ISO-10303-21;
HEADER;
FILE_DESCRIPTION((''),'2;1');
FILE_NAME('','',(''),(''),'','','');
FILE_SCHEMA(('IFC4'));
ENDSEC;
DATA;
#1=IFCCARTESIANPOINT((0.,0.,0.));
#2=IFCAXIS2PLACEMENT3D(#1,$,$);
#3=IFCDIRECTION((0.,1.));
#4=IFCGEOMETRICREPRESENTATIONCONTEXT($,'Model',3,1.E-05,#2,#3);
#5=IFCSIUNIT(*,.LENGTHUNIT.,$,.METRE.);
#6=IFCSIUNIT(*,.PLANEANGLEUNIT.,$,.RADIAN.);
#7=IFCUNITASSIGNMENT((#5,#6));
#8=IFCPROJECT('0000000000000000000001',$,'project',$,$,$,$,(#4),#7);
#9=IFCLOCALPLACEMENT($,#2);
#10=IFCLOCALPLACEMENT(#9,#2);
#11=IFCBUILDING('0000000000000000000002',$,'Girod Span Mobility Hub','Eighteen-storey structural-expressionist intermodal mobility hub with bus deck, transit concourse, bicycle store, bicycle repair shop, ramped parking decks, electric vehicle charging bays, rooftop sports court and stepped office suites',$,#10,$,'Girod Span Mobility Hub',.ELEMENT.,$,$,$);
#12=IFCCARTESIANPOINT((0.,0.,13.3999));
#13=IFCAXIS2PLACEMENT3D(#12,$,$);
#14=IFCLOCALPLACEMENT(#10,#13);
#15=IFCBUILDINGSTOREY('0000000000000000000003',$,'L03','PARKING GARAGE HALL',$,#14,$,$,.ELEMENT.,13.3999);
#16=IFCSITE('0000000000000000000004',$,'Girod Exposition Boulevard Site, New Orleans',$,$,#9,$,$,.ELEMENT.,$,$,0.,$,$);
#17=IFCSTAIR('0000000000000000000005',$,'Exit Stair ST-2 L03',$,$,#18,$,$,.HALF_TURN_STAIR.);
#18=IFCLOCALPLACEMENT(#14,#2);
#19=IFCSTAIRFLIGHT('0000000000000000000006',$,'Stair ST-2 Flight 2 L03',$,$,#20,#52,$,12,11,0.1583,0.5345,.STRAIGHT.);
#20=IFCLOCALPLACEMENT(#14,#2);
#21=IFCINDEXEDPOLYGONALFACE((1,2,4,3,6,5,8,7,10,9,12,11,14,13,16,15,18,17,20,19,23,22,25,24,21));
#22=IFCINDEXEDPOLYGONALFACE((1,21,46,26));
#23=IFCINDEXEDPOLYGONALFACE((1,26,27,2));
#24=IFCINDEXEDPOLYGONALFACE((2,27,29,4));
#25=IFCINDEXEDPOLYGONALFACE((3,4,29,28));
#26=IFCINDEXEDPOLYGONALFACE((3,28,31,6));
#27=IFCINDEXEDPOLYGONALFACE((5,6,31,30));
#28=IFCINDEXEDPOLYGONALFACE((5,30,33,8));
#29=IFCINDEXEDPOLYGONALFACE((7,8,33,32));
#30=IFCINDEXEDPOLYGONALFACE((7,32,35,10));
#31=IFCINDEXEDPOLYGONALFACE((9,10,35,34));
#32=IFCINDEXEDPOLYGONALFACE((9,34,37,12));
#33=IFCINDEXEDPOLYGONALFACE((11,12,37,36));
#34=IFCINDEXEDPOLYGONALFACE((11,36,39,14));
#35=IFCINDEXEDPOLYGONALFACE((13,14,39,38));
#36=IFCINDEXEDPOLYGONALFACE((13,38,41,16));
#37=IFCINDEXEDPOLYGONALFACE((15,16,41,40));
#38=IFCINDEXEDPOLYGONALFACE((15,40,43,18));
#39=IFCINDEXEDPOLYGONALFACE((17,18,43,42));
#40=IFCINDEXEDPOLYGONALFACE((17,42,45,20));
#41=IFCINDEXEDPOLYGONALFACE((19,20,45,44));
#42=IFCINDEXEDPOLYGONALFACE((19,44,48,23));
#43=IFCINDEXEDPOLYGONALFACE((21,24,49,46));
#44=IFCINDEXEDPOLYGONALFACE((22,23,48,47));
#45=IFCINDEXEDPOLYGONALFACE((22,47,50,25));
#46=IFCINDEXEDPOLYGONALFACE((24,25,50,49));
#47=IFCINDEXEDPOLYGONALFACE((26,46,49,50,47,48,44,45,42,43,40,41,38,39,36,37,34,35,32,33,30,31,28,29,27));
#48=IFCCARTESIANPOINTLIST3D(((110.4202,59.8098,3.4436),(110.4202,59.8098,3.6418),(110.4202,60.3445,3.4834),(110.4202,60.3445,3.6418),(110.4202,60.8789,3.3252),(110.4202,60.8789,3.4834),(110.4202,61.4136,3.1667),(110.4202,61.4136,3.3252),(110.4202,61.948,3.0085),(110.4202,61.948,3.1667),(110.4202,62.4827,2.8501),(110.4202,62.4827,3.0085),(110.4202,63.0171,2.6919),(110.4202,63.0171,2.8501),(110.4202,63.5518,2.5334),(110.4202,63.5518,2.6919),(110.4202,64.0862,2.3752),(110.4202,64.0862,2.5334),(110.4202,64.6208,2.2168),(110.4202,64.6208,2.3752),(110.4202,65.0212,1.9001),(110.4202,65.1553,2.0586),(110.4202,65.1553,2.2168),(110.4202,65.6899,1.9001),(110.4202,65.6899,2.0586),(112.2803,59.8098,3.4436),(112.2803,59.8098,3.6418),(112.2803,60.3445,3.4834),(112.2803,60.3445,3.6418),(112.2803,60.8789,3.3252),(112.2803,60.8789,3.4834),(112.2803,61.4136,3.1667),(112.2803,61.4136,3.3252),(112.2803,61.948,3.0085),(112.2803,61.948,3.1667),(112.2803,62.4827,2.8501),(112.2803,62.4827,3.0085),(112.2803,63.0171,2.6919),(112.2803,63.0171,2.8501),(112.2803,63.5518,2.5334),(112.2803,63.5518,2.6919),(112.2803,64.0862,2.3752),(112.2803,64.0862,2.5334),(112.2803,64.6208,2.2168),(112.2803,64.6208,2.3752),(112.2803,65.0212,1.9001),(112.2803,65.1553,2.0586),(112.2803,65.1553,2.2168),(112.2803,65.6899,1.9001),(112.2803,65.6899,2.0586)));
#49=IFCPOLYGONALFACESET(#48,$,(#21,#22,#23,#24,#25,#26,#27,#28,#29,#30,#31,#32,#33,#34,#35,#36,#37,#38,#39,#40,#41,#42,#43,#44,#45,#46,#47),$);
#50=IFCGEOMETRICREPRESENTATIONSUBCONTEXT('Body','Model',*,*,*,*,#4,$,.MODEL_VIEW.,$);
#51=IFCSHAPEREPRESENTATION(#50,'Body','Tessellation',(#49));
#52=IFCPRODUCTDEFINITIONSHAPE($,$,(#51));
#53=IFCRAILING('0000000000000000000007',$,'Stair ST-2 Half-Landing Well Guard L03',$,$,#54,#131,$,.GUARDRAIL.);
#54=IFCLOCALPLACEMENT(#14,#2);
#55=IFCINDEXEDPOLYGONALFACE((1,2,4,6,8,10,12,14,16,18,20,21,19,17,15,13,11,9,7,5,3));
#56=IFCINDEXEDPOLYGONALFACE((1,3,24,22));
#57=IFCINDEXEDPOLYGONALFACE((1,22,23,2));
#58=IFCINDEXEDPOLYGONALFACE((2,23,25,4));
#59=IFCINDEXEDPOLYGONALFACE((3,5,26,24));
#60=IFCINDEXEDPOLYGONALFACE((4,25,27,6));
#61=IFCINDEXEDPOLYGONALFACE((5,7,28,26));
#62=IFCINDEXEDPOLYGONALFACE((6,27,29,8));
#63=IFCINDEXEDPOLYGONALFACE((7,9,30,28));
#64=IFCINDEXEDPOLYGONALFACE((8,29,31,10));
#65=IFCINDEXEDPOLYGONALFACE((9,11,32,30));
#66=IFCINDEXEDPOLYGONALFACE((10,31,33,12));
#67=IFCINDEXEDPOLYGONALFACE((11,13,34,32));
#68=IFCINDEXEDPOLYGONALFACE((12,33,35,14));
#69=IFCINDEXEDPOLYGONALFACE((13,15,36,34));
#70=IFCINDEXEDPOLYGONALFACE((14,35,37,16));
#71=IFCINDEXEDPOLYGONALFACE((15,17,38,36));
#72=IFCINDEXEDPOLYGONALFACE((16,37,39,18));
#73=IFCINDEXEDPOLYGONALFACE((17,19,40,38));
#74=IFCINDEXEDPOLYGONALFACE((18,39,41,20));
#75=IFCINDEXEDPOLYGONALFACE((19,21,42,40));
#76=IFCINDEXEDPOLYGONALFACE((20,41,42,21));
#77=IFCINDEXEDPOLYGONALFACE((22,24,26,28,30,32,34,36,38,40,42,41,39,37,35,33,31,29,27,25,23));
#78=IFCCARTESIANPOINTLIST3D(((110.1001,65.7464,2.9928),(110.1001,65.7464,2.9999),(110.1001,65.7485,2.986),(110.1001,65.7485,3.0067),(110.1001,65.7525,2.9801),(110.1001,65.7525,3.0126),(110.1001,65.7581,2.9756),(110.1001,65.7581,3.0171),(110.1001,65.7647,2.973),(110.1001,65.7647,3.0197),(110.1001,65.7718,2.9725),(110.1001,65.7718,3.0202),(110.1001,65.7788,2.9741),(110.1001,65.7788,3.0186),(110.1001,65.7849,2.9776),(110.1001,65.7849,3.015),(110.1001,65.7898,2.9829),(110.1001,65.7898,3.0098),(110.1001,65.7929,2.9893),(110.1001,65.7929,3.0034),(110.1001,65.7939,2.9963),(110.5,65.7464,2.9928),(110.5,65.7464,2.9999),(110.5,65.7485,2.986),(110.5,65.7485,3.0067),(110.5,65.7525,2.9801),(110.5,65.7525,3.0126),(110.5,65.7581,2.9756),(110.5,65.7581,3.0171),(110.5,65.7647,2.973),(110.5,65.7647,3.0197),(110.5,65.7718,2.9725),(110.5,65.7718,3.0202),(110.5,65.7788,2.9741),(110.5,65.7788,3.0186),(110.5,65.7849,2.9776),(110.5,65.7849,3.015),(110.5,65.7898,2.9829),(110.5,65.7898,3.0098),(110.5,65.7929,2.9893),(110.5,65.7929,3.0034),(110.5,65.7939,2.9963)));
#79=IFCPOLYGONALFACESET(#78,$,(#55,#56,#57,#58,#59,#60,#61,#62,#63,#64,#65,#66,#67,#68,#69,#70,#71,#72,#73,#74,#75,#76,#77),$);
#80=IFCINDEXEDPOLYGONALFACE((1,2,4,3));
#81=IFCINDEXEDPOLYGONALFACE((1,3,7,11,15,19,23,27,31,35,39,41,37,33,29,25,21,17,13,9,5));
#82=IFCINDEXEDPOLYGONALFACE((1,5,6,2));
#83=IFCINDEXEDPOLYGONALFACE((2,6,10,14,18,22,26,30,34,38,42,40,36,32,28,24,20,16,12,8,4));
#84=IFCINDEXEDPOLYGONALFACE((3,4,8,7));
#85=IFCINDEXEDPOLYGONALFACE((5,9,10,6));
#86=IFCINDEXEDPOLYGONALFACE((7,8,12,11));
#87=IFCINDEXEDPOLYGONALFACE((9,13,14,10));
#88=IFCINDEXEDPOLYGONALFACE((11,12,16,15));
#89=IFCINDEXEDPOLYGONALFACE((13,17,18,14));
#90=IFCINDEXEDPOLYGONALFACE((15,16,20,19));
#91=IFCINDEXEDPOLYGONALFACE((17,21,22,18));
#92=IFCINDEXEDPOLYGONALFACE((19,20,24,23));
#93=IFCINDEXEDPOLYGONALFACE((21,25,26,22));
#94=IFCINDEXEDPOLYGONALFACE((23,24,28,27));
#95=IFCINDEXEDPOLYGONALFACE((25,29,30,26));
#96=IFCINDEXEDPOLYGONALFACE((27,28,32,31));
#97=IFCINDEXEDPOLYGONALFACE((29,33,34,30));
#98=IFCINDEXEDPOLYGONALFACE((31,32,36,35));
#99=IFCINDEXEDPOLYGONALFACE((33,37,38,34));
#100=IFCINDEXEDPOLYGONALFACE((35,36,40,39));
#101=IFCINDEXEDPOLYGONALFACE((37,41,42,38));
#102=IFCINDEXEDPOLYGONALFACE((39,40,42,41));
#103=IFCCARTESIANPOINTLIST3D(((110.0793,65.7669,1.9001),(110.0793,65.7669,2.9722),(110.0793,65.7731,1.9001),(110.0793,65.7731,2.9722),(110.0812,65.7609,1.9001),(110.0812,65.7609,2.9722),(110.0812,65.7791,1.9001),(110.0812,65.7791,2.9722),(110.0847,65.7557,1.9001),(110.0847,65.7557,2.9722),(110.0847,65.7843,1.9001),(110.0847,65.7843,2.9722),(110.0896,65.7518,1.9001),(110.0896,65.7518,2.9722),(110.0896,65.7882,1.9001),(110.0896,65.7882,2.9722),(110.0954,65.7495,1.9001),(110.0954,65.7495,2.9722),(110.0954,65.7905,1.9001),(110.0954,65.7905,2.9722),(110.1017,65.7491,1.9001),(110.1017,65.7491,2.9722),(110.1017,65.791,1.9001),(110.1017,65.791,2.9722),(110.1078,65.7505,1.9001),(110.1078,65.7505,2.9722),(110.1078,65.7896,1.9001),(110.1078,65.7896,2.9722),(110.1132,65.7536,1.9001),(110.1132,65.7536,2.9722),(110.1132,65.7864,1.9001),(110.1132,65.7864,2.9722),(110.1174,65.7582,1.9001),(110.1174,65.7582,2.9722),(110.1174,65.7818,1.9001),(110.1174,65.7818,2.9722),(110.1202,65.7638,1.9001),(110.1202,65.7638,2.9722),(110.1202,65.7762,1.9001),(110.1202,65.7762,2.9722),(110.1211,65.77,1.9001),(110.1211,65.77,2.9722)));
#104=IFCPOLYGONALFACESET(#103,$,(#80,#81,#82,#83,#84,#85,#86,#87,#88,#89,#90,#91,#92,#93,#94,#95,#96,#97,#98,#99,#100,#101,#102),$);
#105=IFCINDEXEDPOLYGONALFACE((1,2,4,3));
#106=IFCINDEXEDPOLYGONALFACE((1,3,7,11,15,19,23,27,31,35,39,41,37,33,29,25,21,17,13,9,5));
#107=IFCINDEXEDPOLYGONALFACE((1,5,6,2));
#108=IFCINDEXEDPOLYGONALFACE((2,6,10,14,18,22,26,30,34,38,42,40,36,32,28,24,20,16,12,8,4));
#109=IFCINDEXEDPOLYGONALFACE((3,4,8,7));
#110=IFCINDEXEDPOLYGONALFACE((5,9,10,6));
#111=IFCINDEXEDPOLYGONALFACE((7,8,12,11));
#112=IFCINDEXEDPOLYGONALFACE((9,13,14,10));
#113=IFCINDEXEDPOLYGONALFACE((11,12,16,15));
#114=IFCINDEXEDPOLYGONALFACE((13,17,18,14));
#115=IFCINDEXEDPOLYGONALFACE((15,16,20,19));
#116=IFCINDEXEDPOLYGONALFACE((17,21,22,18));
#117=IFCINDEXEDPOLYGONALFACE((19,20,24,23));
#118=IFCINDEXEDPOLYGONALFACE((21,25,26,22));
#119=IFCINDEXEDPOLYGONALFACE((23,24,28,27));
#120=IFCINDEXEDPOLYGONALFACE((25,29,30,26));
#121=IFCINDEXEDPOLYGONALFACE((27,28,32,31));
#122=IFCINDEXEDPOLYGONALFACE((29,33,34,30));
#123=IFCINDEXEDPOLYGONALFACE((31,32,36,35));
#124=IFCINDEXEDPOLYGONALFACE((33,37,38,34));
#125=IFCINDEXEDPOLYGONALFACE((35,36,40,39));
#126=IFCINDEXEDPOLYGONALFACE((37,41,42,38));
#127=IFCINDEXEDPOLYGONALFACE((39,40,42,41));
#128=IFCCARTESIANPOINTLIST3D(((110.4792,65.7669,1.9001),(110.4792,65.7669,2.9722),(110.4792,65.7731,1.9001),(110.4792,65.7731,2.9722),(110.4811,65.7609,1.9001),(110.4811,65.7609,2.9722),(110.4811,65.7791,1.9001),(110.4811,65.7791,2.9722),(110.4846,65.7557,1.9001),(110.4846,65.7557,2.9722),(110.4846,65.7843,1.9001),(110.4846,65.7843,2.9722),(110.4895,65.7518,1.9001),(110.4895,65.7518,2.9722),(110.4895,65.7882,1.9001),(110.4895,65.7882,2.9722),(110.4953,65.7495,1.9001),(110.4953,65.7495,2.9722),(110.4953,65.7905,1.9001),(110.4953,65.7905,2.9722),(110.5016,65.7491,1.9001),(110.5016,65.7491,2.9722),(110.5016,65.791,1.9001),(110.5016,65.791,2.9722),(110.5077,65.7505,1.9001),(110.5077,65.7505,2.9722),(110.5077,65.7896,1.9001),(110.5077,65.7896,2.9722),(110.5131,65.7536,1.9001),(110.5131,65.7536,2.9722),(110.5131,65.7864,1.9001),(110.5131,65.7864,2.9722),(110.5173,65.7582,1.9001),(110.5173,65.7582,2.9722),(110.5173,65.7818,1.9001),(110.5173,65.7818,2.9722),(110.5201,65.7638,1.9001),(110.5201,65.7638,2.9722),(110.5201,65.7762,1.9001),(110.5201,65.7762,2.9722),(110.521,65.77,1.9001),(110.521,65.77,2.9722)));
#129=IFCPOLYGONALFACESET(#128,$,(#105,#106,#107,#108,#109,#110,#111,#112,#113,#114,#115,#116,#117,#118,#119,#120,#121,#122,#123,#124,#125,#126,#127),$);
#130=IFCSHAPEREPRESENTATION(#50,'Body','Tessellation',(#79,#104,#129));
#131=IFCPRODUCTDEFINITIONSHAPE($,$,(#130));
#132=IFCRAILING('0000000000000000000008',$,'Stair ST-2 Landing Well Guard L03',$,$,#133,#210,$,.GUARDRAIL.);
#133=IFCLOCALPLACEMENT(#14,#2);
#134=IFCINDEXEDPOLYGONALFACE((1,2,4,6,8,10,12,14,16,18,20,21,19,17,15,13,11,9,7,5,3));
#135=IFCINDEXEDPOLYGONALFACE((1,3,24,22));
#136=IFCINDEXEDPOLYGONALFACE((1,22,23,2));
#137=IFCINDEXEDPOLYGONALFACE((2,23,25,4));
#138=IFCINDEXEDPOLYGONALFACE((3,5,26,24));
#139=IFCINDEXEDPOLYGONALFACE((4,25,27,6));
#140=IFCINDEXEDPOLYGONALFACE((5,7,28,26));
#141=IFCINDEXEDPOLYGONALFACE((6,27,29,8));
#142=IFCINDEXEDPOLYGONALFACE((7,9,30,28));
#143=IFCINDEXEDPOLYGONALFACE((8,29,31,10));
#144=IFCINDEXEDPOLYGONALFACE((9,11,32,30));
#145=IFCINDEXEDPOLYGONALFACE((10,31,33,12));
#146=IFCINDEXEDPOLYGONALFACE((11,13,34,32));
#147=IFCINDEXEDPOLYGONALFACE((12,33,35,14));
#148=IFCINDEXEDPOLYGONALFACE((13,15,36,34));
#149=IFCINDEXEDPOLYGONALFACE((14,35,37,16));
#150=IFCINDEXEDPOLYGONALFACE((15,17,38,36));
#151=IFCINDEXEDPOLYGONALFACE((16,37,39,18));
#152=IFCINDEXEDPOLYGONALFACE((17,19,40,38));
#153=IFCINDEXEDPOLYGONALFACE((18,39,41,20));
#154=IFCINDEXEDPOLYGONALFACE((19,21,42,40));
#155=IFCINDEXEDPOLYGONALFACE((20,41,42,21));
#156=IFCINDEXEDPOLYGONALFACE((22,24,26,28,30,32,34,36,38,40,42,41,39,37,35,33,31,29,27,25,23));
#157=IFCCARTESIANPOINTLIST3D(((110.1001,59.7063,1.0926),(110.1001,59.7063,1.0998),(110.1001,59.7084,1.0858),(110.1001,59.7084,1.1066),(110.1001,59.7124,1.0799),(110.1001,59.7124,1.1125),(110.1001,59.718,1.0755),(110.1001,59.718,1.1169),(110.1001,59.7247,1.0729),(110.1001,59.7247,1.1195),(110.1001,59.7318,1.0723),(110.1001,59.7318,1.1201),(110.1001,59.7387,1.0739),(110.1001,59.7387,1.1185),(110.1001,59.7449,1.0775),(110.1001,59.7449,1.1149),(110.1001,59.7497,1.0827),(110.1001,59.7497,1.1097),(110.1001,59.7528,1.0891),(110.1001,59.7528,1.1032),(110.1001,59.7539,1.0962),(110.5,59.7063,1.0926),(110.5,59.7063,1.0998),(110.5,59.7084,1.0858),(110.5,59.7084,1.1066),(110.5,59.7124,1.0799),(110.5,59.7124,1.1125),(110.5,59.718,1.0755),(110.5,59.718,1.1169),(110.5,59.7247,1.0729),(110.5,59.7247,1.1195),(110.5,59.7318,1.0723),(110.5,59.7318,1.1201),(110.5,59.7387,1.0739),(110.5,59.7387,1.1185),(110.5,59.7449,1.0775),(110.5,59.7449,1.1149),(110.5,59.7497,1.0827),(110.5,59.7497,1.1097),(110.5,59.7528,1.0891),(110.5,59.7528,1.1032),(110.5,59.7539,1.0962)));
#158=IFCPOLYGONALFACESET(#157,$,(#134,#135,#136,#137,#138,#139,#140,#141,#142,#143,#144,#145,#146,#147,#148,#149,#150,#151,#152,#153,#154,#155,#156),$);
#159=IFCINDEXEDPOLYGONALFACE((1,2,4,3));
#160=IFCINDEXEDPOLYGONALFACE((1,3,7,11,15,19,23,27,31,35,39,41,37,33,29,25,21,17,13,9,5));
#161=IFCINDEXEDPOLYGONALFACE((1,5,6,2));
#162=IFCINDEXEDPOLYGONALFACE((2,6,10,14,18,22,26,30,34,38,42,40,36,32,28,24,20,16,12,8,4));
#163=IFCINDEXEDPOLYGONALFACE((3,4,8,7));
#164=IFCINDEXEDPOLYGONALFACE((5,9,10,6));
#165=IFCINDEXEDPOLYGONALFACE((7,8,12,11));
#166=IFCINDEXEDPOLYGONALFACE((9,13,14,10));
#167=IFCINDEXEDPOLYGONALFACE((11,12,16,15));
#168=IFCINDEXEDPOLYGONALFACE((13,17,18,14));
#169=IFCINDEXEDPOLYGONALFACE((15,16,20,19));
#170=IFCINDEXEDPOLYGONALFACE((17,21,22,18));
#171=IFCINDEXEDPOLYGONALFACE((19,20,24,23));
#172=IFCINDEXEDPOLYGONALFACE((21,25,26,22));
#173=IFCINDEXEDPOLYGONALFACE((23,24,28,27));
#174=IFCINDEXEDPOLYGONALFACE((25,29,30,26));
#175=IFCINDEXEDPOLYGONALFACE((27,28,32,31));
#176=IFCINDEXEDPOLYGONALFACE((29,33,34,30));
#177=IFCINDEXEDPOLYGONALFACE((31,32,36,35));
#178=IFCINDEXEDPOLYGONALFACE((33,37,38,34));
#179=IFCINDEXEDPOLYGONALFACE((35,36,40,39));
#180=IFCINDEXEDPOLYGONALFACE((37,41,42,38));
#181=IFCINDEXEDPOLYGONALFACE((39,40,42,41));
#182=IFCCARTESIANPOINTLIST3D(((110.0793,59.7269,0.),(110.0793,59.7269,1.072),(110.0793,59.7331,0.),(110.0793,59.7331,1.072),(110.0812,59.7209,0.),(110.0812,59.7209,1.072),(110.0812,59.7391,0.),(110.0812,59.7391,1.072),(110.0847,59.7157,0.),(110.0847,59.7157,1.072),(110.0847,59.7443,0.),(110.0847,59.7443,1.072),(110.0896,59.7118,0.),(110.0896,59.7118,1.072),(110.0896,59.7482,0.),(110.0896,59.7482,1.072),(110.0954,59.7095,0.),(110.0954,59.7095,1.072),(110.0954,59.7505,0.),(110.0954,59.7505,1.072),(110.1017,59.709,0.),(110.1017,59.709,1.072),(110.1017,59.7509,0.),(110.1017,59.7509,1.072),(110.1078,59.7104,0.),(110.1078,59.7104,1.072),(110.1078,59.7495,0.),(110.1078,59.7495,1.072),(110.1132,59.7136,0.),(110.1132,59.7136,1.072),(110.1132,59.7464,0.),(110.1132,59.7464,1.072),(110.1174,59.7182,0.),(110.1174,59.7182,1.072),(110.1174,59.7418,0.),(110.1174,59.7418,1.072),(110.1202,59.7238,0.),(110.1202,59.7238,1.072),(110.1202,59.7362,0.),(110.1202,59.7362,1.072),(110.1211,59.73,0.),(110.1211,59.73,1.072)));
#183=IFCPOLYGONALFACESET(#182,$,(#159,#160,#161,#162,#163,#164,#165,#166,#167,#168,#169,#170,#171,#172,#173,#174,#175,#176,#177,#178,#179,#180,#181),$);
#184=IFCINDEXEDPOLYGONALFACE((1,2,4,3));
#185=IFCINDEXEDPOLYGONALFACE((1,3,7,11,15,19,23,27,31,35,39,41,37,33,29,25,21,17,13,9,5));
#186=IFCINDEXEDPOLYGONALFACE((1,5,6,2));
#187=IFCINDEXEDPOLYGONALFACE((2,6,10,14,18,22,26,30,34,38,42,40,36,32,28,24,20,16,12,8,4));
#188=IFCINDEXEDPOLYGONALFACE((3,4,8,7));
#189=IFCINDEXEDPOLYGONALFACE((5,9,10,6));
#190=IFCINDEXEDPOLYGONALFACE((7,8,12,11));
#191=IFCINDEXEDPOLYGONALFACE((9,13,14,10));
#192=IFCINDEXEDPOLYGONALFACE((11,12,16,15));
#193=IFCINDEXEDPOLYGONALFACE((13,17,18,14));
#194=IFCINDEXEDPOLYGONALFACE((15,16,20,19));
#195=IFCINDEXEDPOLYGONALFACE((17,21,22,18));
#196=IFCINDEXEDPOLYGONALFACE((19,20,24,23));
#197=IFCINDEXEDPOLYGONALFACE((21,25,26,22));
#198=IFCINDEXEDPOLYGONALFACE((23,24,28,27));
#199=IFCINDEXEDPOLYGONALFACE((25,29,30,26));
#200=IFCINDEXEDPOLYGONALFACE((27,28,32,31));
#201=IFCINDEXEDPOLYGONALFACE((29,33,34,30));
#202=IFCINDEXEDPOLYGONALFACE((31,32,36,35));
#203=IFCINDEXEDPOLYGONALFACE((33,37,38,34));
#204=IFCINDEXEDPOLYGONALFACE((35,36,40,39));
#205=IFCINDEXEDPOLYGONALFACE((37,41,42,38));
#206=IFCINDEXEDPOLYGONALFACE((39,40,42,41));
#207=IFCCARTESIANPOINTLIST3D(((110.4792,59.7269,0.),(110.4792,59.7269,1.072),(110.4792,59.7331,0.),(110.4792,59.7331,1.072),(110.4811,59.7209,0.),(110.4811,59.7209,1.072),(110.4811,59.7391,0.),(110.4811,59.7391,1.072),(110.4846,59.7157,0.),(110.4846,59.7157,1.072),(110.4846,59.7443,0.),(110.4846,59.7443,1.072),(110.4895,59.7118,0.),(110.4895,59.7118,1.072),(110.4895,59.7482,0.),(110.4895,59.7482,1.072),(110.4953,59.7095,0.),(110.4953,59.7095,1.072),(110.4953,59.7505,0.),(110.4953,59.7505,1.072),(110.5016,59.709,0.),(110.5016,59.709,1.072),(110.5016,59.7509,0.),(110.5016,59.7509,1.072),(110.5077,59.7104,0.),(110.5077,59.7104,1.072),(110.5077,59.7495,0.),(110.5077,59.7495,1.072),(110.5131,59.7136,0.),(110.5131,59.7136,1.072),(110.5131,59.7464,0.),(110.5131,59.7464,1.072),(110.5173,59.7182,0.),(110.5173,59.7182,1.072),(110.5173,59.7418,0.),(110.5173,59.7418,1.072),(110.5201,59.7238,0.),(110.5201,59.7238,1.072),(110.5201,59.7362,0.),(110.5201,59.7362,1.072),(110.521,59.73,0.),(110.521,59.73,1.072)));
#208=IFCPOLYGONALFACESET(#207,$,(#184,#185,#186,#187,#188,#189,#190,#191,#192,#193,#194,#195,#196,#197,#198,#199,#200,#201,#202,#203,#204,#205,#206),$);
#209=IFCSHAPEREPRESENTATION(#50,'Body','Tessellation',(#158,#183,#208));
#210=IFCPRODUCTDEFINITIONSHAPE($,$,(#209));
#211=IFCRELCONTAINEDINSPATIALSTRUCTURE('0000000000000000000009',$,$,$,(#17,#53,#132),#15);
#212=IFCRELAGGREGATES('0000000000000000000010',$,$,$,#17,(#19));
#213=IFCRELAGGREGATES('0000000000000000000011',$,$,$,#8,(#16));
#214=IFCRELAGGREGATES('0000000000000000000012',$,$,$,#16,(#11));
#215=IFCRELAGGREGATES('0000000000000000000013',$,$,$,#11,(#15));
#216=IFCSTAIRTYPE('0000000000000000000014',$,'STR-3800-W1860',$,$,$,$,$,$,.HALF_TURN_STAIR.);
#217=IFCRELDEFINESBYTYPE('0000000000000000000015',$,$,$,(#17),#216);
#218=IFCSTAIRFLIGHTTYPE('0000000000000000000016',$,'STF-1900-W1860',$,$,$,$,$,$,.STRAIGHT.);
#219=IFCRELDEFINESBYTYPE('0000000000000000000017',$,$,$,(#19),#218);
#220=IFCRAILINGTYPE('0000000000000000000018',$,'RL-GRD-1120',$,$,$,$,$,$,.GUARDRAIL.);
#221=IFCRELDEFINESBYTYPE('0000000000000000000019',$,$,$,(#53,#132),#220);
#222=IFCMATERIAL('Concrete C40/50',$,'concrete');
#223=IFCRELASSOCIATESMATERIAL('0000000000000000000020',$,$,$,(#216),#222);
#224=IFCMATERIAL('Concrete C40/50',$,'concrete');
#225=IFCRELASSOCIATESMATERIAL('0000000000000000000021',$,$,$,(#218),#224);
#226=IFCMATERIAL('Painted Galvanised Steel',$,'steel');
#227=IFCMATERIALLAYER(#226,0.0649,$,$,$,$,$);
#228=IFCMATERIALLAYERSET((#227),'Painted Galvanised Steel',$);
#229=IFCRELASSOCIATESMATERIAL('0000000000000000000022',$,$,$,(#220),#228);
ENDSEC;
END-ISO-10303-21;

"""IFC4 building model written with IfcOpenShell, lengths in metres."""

from ifc_helpers import new_model, si_unit, direction, frame, origin, origin_2d, place, context, subcontext, project, spatial, polyline, circle, outline, extrude, material, layer, layer_set, type_object, element, aggregate, save


model = new_model("IFC4")

# Units and contexts
model_context = context("Model", 3, precision=1e-05, world=origin(), true_north=direction((0.0, 1.0)))
body_context = subcontext(model_context, "Body", "Model", "MODEL_VIEW")
ifc_project = project(units=[si_unit("LENGTHUNIT", "METRE"), si_unit("PLANEANGLEUNIT", "RADIAN")], contexts=[model_context])

# Site, building, storey
site_placement = place(None, origin())
site = spatial("IfcSite", under=ifc_project, at=site_placement, Name="Girod Exposition Boulevard Site, New Orleans", CompositionType="ELEMENT", RefElevation=0.0)
building_placement = place(site_placement, origin())
building = spatial("IfcBuilding", under=site, at=building_placement, Name="Girod Span Mobility Hub", Description="Eighteen-storey structural-expressionist intermodal mobility hub with bus deck, transit concourse, bicycle store, bicycle repair shop, ramped parking decks, electric vehicle charging bays, rooftop sports court and stepped office suites", LongName="Girod Span Mobility Hub", CompositionType="ELEMENT")
storey_placement = place(building_placement, frame((0.0, 0.0, 13.3999)))
storey = spatial("IfcBuildingStorey", under=building, at=storey_placement, Name="L03", Description="PARKING GARAGE HALL", CompositionType="ELEMENT", Elevation=13.3999)

# Stair, stair flight
ifc_material_1 = material(Name="Concrete C40/50", Category="concrete")
stair_type = type_object("IfcStairType", Name="STR-3800-W1860", PredefinedType="HALF_TURN_STAIR", material=ifc_material_1)
stair_placement = place(storey_placement, origin())
stair = element("IfcStair", 1, at=stair_placement, inside=storey, type_object=stair_type, Name="Exit Stair ST-2 L03", PredefinedType="HALF_TURN_STAIR")
ifc_material_2 = material(Name="Concrete C40/50", Category="concrete")
stair_flight_type = type_object("IfcStairFlightType", Name="STF-1900-W1860", PredefinedType="STRAIGHT", material=ifc_material_2)
stair_flight_1_placement = place(storey_placement, frame((111.3501, 65.6899, 1.9001), z_axis=(0.0, 0.0, 1.0), x_axis=(0.0, -1.0, 0.0)))
stair_flight_1 = element("IfcStairFlight", 2, at=stair_flight_1_placement, type_object=stair_flight_type, Name="Stair ST-2 Flight 2 L03", NumberOfRisers=12, NumberOfTreads=11, PredefinedType="STRAIGHT", RiserHeight=0.1583, TreadLength=0.5345, context=body_context, shape_type="SweptSolid", body=[
    extrude(outline(polyline([(0.0, 0.0), (0.0, 0.1584), (0.5347, 0.1584), (0.5347, 0.3167), (1.0691, 0.3167), (1.0691, 0.4751), (1.6038, 0.4751), (1.6038, 0.6333), (2.1382, 0.6333), (2.1382, 0.7917), (2.6729, 0.7917), (2.6729, 0.95), (3.2073, 0.95), (3.2073, 1.1084), (3.7419, 1.1084), (3.7419, 1.2666), (4.2764, 1.2666), (4.2764, 1.425), (4.811, 1.425), (4.811, 1.5833), (5.3455, 1.5833), (5.3455, 1.7417), (5.8801, 1.7417), (5.8801, 1.8999), (5.8801, 1.5435), (0.6687, 0.0), (0.0, 0.0)])), frame((0.0, 0.9302, 0.0), z_axis=(0.0, -1.0, 0.0), x_axis=(1.0, 0.0, 0.0)), (0.0, 0.0, 1.0), 1.8601),
])
aggregate(stair, [stair_flight_1])

# Railings
ifc_material_3 = material(Name="Painted Galvanised Steel", Category="steel")
ifc_layer_1 = layer(ifc_material_3, 0.0649)
ifc_layer_set_1 = layer_set([ifc_layer_1], Name="Painted Galvanised Steel")
railing_type_1 = type_object("IfcRailingType", Name="RL-GRD-1120", PredefinedType="GUARDRAIL", material=ifc_layer_set_1)
for number, where, name in (
    (3, (110.1001, 65.77, 1.9001), "Stair ST-2 Half-Landing Well Guard L03"),
    (4, (110.1001, 59.73, 0.0), "Stair ST-2 Landing Well Guard L03"),
):
    element("IfcRailing", number, at=place(storey_placement, frame(where)), inside=storey, type_object=railing_type_1, Name=name, PredefinedType="GUARDRAIL", context=body_context, shape_type="SweptSolid", body=[
        extrude(circle(Radius=0.0239, at=origin_2d()), frame((0.0, 0.0, 1.0962), z_axis=(1.0, 0.0, 0.0), x_axis=(0.0, 1.0, 0.0)), (0.0, 0.0, 1.0), 0.3999),
        extrude(circle(Radius=0.021, at=origin_2d()), origin(), (0.0, 0.0, 1.0), 1.072),
        extrude(circle(Radius=0.021, at=origin_2d()), frame((0.3999, 0.0, 0.0)), (0.0, 0.0, 1.0), 1.072),
    ])

save(model, "model.ifc")
